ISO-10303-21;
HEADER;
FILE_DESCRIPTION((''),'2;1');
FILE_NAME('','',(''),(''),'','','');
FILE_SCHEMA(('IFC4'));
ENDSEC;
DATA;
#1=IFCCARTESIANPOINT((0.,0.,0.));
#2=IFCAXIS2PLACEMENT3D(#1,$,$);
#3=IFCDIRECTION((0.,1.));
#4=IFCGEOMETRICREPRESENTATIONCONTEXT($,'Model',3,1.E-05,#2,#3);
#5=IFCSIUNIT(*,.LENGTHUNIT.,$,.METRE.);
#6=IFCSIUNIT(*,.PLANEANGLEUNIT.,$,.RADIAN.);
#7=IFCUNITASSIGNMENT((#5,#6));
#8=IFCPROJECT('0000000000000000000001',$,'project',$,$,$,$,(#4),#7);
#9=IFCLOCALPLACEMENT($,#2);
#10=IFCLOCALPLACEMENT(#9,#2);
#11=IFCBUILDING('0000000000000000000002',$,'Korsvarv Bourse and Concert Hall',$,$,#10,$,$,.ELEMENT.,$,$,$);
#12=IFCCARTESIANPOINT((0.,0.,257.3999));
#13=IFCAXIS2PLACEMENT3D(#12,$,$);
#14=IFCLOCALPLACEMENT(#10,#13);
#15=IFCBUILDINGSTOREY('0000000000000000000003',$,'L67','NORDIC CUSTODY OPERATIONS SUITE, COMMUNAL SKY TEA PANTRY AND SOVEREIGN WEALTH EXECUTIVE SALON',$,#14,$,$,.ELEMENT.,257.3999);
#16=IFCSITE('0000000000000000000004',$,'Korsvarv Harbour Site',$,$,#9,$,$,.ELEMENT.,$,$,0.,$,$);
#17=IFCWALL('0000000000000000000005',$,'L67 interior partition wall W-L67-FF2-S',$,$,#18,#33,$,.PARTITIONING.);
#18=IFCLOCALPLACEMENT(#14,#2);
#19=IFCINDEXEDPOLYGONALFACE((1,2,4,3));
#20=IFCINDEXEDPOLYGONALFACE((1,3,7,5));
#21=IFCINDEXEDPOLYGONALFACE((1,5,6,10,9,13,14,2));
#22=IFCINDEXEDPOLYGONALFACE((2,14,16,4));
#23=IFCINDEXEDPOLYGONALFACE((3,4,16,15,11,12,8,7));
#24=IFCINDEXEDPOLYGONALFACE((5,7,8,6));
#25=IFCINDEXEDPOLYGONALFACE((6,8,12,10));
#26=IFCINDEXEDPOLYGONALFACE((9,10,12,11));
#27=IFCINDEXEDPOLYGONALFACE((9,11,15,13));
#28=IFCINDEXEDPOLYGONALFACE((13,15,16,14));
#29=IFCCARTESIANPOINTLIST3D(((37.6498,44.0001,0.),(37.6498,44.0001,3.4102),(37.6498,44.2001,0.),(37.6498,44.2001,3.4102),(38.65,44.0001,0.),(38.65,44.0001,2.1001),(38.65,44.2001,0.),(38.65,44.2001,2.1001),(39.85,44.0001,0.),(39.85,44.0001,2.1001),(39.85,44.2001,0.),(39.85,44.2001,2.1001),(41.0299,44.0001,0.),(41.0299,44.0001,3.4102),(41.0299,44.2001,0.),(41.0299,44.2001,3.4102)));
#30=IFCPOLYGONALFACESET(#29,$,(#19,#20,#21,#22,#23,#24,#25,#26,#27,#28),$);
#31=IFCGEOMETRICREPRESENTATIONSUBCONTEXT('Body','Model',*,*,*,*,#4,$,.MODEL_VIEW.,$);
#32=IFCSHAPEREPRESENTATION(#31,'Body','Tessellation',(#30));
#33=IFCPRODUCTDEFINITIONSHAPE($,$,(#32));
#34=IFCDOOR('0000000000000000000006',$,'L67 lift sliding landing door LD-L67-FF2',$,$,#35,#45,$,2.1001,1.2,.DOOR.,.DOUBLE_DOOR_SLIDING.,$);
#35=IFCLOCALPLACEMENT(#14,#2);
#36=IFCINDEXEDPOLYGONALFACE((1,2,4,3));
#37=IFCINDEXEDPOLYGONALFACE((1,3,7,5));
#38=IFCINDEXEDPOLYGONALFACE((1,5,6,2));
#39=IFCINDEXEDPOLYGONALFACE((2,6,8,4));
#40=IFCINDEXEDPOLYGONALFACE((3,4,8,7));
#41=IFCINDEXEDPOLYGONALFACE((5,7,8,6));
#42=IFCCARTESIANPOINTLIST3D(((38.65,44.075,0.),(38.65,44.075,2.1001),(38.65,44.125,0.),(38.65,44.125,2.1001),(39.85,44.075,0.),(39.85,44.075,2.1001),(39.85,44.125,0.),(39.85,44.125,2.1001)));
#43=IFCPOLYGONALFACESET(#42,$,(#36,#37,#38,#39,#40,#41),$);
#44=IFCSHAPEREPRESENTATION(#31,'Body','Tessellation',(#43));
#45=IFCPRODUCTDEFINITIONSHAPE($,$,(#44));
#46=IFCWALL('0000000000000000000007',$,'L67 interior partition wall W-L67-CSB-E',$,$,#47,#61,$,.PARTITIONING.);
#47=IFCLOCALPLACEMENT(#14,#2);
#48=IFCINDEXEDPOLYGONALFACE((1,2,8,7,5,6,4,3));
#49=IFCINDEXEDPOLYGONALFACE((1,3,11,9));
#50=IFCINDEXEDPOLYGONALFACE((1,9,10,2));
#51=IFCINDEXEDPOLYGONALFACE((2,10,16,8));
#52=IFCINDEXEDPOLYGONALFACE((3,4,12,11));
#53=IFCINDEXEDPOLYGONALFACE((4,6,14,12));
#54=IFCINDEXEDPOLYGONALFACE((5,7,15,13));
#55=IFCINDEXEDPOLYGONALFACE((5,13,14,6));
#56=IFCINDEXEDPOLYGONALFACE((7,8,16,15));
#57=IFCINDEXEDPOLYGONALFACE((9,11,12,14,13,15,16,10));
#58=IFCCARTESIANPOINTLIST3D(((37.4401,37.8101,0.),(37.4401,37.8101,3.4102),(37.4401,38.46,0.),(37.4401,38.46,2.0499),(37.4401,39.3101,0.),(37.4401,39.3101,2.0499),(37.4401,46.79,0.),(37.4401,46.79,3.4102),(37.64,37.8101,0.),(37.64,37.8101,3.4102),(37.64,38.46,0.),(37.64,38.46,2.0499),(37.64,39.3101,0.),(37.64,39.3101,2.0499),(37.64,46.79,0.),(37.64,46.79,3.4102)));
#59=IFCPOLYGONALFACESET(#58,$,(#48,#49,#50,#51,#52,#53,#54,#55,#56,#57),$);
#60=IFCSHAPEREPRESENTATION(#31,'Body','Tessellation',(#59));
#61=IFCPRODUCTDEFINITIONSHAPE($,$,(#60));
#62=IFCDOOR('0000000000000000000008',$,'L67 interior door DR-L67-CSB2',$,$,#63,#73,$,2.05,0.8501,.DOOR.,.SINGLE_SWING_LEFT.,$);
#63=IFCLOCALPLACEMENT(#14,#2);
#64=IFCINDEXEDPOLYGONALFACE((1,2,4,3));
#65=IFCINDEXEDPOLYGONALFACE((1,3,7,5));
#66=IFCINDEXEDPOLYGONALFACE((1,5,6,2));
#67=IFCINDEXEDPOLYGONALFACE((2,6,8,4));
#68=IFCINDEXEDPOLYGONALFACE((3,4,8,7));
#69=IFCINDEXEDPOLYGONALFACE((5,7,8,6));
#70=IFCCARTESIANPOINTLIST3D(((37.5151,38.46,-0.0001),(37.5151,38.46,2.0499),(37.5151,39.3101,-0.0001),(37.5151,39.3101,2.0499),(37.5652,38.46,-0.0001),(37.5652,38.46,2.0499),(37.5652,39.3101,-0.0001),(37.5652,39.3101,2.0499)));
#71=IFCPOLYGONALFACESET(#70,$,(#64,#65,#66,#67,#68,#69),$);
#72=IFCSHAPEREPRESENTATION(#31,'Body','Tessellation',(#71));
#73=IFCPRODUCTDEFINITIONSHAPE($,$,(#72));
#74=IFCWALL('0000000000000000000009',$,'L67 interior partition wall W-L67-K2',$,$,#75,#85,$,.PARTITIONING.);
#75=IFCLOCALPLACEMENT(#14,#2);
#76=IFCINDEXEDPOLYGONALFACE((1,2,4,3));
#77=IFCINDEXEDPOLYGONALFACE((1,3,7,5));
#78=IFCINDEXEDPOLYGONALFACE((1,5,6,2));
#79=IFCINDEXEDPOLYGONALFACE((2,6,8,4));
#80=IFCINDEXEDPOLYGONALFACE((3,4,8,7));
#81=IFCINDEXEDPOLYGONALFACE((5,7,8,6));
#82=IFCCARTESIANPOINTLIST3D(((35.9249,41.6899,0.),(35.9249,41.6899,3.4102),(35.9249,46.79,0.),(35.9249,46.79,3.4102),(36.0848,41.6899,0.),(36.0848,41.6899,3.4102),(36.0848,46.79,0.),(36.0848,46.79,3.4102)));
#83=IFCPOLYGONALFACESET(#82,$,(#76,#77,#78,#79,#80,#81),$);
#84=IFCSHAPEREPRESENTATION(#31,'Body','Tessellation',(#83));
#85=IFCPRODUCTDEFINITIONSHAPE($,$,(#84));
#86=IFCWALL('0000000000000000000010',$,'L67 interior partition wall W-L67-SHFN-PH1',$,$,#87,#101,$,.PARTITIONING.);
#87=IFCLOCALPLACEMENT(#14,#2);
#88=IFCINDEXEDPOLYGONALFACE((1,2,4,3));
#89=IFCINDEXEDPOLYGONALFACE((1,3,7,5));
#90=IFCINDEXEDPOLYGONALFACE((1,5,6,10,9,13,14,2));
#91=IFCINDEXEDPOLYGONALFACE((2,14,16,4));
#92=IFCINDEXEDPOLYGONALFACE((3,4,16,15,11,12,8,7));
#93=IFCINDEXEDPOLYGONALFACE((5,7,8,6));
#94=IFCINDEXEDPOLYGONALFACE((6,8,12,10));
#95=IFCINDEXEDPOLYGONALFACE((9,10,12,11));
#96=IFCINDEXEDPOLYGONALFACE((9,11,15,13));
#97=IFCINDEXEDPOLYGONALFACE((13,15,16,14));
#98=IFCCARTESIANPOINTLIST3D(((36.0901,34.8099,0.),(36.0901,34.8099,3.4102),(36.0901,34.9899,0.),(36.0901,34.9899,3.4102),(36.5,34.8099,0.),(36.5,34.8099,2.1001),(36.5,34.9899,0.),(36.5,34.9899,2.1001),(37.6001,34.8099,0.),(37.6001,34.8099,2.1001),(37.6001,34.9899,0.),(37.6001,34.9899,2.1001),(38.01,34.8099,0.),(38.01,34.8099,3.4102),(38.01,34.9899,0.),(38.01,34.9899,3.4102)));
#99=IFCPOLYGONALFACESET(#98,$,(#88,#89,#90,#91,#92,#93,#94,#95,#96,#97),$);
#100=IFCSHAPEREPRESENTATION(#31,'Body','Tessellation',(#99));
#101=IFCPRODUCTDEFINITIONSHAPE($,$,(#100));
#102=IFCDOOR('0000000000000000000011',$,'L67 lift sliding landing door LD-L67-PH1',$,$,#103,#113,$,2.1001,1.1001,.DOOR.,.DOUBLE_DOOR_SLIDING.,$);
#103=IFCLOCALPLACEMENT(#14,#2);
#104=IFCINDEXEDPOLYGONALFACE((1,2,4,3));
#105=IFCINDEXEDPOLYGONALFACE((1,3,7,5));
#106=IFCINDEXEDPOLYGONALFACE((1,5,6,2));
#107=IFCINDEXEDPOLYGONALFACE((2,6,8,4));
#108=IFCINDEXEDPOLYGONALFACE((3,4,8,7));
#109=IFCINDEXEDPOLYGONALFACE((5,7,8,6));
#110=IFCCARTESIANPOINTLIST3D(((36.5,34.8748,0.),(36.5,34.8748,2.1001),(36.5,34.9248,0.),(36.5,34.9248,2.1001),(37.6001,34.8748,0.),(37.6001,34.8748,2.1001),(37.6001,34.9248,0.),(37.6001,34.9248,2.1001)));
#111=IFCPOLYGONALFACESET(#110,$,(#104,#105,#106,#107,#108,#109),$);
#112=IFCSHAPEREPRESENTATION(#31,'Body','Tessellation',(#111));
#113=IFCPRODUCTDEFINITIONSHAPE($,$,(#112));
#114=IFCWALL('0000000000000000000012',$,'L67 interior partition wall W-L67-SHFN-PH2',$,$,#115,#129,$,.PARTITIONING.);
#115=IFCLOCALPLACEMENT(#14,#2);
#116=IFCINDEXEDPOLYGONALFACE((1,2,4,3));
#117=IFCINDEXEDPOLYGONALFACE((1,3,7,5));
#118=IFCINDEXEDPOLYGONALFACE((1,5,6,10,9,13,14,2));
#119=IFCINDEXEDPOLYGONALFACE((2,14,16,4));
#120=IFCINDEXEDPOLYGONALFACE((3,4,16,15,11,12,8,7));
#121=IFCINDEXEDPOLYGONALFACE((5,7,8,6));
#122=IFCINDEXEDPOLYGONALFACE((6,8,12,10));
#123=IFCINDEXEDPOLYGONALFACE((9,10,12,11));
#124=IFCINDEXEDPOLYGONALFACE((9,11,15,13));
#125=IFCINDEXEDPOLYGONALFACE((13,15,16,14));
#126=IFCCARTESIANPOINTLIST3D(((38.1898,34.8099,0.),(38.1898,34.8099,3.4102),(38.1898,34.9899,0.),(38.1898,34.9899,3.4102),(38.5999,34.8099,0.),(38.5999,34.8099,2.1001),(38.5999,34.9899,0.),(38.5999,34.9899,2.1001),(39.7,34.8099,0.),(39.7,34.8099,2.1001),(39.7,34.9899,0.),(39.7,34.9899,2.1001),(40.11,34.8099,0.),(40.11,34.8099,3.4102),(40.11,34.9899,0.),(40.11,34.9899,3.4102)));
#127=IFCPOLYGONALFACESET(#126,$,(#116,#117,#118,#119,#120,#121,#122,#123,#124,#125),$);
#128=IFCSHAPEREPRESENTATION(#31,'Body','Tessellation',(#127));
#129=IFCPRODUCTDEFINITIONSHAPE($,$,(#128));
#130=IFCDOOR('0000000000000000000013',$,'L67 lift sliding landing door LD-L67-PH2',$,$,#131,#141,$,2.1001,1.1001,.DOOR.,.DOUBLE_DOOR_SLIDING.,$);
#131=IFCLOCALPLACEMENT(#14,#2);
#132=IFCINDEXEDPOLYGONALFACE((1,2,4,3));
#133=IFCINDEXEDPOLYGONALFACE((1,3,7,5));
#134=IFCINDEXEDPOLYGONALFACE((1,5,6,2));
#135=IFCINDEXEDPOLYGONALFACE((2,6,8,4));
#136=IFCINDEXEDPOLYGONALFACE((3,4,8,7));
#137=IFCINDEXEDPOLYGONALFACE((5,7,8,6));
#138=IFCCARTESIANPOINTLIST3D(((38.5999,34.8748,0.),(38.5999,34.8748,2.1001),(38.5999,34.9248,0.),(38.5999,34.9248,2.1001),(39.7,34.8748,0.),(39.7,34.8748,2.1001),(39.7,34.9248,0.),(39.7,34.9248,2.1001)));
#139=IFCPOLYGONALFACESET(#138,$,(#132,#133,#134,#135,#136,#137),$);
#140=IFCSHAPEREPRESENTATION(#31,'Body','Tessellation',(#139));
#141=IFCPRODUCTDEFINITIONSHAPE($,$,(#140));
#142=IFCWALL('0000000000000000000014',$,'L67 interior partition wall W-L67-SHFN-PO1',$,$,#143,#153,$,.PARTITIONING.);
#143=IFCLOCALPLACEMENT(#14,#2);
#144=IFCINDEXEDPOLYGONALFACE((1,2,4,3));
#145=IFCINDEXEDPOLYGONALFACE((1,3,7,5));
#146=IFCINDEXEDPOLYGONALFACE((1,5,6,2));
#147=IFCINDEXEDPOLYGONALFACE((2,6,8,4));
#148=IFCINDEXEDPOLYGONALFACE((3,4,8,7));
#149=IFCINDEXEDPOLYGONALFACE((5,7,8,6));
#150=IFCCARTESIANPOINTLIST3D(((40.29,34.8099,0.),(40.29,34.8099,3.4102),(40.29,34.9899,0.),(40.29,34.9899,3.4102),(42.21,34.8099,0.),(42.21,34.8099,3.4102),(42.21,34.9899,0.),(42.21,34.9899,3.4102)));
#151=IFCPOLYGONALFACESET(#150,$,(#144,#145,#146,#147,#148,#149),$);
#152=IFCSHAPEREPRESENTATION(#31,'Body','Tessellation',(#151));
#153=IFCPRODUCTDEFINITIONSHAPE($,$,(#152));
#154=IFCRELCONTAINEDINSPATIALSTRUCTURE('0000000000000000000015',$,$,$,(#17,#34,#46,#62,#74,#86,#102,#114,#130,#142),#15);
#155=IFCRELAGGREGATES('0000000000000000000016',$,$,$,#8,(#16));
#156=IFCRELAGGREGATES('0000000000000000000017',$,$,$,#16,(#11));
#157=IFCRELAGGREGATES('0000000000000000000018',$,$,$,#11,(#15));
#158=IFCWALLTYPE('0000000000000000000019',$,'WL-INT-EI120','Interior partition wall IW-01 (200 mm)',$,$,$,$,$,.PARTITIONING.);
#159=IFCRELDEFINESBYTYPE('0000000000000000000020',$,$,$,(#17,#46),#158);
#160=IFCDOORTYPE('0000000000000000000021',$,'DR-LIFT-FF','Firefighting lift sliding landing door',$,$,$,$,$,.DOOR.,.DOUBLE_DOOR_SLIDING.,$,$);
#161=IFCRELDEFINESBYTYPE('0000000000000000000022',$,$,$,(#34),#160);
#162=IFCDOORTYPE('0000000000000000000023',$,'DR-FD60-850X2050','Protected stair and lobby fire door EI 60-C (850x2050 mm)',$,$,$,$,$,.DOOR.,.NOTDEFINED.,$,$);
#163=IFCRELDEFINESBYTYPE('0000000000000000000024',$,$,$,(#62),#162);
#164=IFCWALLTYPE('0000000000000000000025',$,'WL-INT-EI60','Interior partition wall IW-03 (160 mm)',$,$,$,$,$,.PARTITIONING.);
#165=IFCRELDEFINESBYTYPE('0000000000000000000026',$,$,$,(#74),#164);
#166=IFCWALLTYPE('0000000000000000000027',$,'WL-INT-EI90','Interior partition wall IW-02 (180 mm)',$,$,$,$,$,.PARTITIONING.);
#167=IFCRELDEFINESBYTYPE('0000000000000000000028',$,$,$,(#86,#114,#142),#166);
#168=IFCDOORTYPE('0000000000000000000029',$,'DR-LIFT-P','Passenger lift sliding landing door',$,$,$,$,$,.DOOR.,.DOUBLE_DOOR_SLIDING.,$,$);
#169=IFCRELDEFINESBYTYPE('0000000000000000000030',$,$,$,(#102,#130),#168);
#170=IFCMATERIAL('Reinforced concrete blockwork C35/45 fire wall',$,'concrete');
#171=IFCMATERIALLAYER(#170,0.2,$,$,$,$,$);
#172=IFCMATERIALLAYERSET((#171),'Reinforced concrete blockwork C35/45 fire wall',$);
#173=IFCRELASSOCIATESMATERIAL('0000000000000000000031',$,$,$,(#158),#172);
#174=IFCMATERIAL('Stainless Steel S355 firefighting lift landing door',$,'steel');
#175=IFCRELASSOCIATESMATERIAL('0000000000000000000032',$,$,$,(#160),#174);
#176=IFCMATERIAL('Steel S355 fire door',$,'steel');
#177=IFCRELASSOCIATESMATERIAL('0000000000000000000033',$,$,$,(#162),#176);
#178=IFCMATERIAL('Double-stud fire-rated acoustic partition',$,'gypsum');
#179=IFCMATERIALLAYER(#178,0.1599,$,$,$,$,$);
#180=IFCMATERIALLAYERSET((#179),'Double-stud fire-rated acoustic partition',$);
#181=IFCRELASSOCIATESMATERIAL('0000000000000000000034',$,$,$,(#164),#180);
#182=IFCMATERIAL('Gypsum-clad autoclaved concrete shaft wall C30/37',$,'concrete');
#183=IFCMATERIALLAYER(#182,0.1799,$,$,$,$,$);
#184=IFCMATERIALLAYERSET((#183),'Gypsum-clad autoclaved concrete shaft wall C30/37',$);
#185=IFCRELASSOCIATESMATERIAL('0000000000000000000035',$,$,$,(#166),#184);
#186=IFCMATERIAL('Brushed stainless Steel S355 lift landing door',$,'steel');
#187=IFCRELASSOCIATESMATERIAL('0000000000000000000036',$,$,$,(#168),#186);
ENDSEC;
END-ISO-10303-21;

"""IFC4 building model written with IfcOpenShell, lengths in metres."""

from ifc_helpers import new_model, si_unit, direction, frame, frame_2d, origin, place, context, subcontext, project, spatial, rectangle, extrude, material, layer, layer_set, type_object, element, fill, save


model = new_model("IFC4")

# Units and contexts
model_context = context("Model", 3, precision=1e-05, world=origin(), true_north=direction((0.0, 1.0)))
body_context = subcontext(model_context, "Body", "Model", "MODEL_VIEW")
ifc_project = project(units=[si_unit("LENGTHUNIT", "METRE"), si_unit("PLANEANGLEUNIT", "RADIAN")], contexts=[model_context])

# Site, building, storey
site_placement = place(None, origin())
site = spatial("IfcSite", under=ifc_project, at=site_placement, Name="Korsvarv Harbour Site", CompositionType="ELEMENT", RefElevation=0.0)
building_placement = place(site_placement, origin())
building = spatial("IfcBuilding", under=site, at=building_placement, Name="Korsvarv Bourse and Concert Hall", CompositionType="ELEMENT")
storey_placement = place(building_placement, frame((0.0, 0.0, 257.3999)))
storey = spatial("IfcBuildingStorey", under=building, at=storey_placement, Name="L67", Description="NORDIC CUSTODY OPERATIONS SUITE, COMMUNAL SKY TEA PANTRY AND SOVEREIGN WEALTH EXECUTIVE SALON", CompositionType="ELEMENT", Elevation=257.3999)

# Shared definitions
ifc_material_1 = material(Name="Steel S355 fire door", Category="steel")

# Walls, openings, doors
ifc_material_2 = material(Name="Reinforced concrete blockwork C35/45 fire wall", Category="concrete")
ifc_layer_1 = layer(ifc_material_2, 0.2)
ifc_layer_set_1 = layer_set([ifc_layer_1], Name="Reinforced concrete blockwork C35/45 fire wall")
wall_type_1 = type_object("IfcWallType", Name="WL-INT-EI120", Description="Interior partition wall IW-01 (200 mm)", PredefinedType="PARTITIONING", material=ifc_layer_set_1)
wall_1_placement = place(storey_placement, frame((37.6499, 44.1001, 0.0), z_axis=(0.0, 0.0, 1.0), x_axis=(1.0, 0.0, 0.0)))
wall_1 = element("IfcWall", 1, at=wall_1_placement, inside=storey, type_object=wall_type_1, Name="L67 interior partition wall W-L67-FF2-S", PredefinedType="PARTITIONING", context=body_context, shape_type="SweptSolid", body=[
    extrude(rectangle(XDim=3.3801, YDim=0.2, at=frame_2d((1.6899, 0.0))), origin(), (0.0, 0.0, 1.0), 3.4102),
])
opening_1_placement = place(wall_1_placement, frame((1.0, 0.0, 0.0)))
opening_1 = element("IfcOpeningElement", 2, at=opening_1_placement, cuts=wall_1, PredefinedType="OPENING", context=body_context, shape_type="SweptSolid", body=[
    extrude(rectangle(XDim=1.2, YDim=2.1001, at=frame_2d((0.6001, 1.05))), frame((0.0, 0.1099, 0.0), z_axis=(0.0, -1.0, 0.0), x_axis=(1.0, 0.0, 0.0)), (0.0, 0.0, 1.0), 0.22),
])
ifc_material_3 = material(Name="Stainless Steel S355 firefighting lift landing door", Category="steel")
door_type_1 = type_object("IfcDoorType", Name="DR-LIFT-FF", Description="Firefighting lift sliding landing door", OperationType="DOUBLE_DOOR_SLIDING", PredefinedType="DOOR", material=ifc_material_3)
door_1_placement = place(opening_1_placement, origin())
door_1 = element("IfcDoor", 3, at=door_1_placement, inside=storey, type_object=door_type_1, Name="L67 lift sliding landing door LD-L67-FF2", OperationType="DOUBLE_DOOR_SLIDING", OverallHeight=2.1001, OverallWidth=1.2, PredefinedType="DOOR", context=body_context, shape_type="SweptSolid", body=[
    extrude(rectangle(XDim=1.2, YDim=2.1001, at=frame_2d((0.6001, 1.05))), frame((0.0, 0.0249, 0.0), z_axis=(0.0, -1.0, 0.0), x_axis=(1.0, 0.0, 0.0)), (0.0, 0.0, 1.0), 0.05),
])
fill(opening_1, door_1)
wall_2_placement = place(storey_placement, frame((37.54, 37.8101, 0.0), z_axis=(0.0, 0.0, 1.0), x_axis=(0.0, 1.0, 0.0)))
wall_2 = element("IfcWall", 4, at=wall_2_placement, inside=storey, type_object=wall_type_1, Name="L67 interior partition wall W-L67-CSB-E", PredefinedType="PARTITIONING", context=body_context, shape_type="SweptSolid", body=[
    extrude(rectangle(XDim=8.98, YDim=0.2, at=frame_2d((4.49, 0.0))), origin(), (0.0, 0.0, 1.0), 3.4102),
])
opening_2_placement = place(wall_2_placement, frame((0.6499, 0.0, 0.0)))
opening_2 = element("IfcOpeningElement", 5, at=opening_2_placement, cuts=wall_2, PredefinedType="OPENING", context=body_context, shape_type="SweptSolid", body=[
    extrude(rectangle(XDim=0.8501, YDim=2.05, at=frame_2d((0.425, 1.0249))), frame((0.0, 0.1099, 0.0), z_axis=(0.0, -1.0, 0.0), x_axis=(1.0, 0.0, 0.0)), (0.0, 0.0, 1.0), 0.22),
])
door_type_2 = type_object("IfcDoorType", Name="DR-FD60-850X2050", Description="Protected stair and lobby fire door EI 60-C (850x2050 mm)", OperationType="NOTDEFINED", PredefinedType="DOOR", material=ifc_material_1)
door_2_placement = place(opening_2_placement, origin())
door_2 = element("IfcDoor", 6, at=door_2_placement, inside=storey, type_object=door_type_2, Name="L67 interior door DR-L67-CSB2", OperationType="SINGLE_SWING_LEFT", OverallHeight=2.05, OverallWidth=0.8501, PredefinedType="DOOR", context=body_context, shape_type="SweptSolid", body=[
    extrude(rectangle(XDim=0.8501, YDim=2.05, at=frame_2d((0.425, 1.0249))), frame((0.0, 0.0249, 0.0), z_axis=(0.0, -1.0, 0.0), x_axis=(1.0, 0.0, 0.0)), (0.0, 0.0, 1.0), 0.05),
])
fill(opening_2, door_2)

# Wall
ifc_material_4 = material(Name="Double-stud fire-rated acoustic partition", Category="gypsum")
ifc_layer_2 = layer(ifc_material_4, 0.1599)
ifc_layer_set_2 = layer_set([ifc_layer_2], Name="Double-stud fire-rated acoustic partition")
wall_type_2 = type_object("IfcWallType", Name="WL-INT-EI60", Description="Interior partition wall IW-03 (160 mm)", PredefinedType="PARTITIONING", material=ifc_layer_set_2)
wall_3_placement = place(storey_placement, frame((36.0049, 41.6899, 0.0), z_axis=(0.0, 0.0, 1.0), x_axis=(0.0, 1.0, 0.0)))
element("IfcWall", 7, at=wall_3_placement, inside=storey, type_object=wall_type_2, Name="L67 interior partition wall W-L67-K2", PredefinedType="PARTITIONING", context=body_context, shape_type="SweptSolid", body=[
    extrude(rectangle(XDim=5.1001, YDim=0.1599, at=frame_2d((2.55, 0.0))), origin(), (0.0, 0.0, 1.0), 3.4102),
])

# Walls, openings, doors
ifc_material_5 = material(Name="Gypsum-clad autoclaved concrete shaft wall C30/37", Category="concrete")
ifc_layer_3 = layer(ifc_material_5, 0.1799)
ifc_layer_set_3 = layer_set([ifc_layer_3], Name="Gypsum-clad autoclaved concrete shaft wall C30/37")
wall_type_3 = type_object("IfcWallType", Name="WL-INT-EI90", Description="Interior partition wall IW-02 (180 mm)", PredefinedType="PARTITIONING", material=ifc_layer_set_3)
wall_4_placement = place(storey_placement, frame((36.0901, 34.8999, 0.0), z_axis=(0.0, 0.0, 1.0), x_axis=(1.0, 0.0, 0.0)))
wall_4 = element("IfcWall", 8, at=wall_4_placement, inside=storey, type_object=wall_type_3, Name="L67 interior partition wall W-L67-SHFN-PH1", PredefinedType="PARTITIONING", context=body_context, shape_type="SweptSolid", body=[
    extrude(rectangle(XDim=1.9199, YDim=0.1799, at=frame_2d((0.96, 0.0))), origin(), (0.0, 0.0, 1.0), 3.4102),
])
opening_3_placement = place(wall_4_placement, frame((0.4099, 0.0, 0.0)))
opening_3 = element("IfcOpeningElement", 9, at=opening_3_placement, cuts=wall_4, PredefinedType="OPENING", context=body_context, shape_type="SweptSolid", body=[
    extrude(rectangle(XDim=1.1001, YDim=2.1001, at=frame_2d((0.55, 1.05))), frame((0.0, 0.1001, 0.0), z_axis=(0.0, -1.0, 0.0), x_axis=(1.0, 0.0, 0.0)), (0.0, 0.0, 1.0), 0.2),
])
ifc_material_6 = material(Name="Brushed stainless Steel S355 lift landing door", Category="steel")
door_type_3 = type_object("IfcDoorType", Name="DR-LIFT-P", Description="Passenger lift sliding landing door", OperationType="DOUBLE_DOOR_SLIDING", PredefinedType="DOOR", material=ifc_material_6)
door_3_placement = place(opening_3_placement, origin())
door_3 = element("IfcDoor", 10, at=door_3_placement, inside=storey, type_object=door_type_3, Name="L67 lift sliding landing door LD-L67-PH1", OperationType="DOUBLE_DOOR_SLIDING", OverallHeight=2.1001, OverallWidth=1.1001, PredefinedType="DOOR", context=body_context, shape_type="SweptSolid", body=[
    extrude(rectangle(XDim=1.1001, YDim=2.1001, at=frame_2d((0.55, 1.05))), frame((0.0, 0.0249, 0.0), z_axis=(0.0, -1.0, 0.0), x_axis=(1.0, 0.0, 0.0)), (0.0, 0.0, 1.0), 0.05),
])
fill(opening_3, door_3)
wall_5_placement = place(storey_placement, frame((38.1899, 34.8999, 0.0), z_axis=(0.0, 0.0, 1.0), x_axis=(1.0, 0.0, 0.0)))
wall_5 = element("IfcWall", 11, at=wall_5_placement, inside=storey, type_object=wall_type_3, Name="L67 interior partition wall W-L67-SHFN-PH2", PredefinedType="PARTITIONING", context=body_context, shape_type="SweptSolid", body=[
    extrude(rectangle(XDim=1.9202, YDim=0.1799, at=frame_2d((0.96, 0.0))), origin(), (0.0, 0.0, 1.0), 3.4102),
])
opening_4_placement = place(wall_5_placement, frame((0.4099, 0.0, 0.0)))
opening_4 = element("IfcOpeningElement", 12, at=opening_4_placement, cuts=wall_5, PredefinedType="OPENING", context=body_context, shape_type="SweptSolid", body=[
    extrude(rectangle(XDim=1.1001, YDim=2.1001, at=frame_2d((0.55, 1.05))), frame((0.0, 0.1001, 0.0), z_axis=(0.0, -1.0, 0.0), x_axis=(1.0, 0.0, 0.0)), (0.0, 0.0, 1.0), 0.2),
])
door_4_placement = place(opening_4_placement, origin())
door_4 = element("IfcDoor", 13, at=door_4_placement, inside=storey, type_object=door_type_3, Name="L67 lift sliding landing door LD-L67-PH2", OperationType="DOUBLE_DOOR_SLIDING", OverallHeight=2.1001, OverallWidth=1.1001, PredefinedType="DOOR", context=body_context, shape_type="SweptSolid", body=[
    extrude(rectangle(XDim=1.1001, YDim=2.1001, at=frame_2d((0.55, 1.05))), frame((0.0, 0.0249, 0.0), z_axis=(0.0, -1.0, 0.0), x_axis=(1.0, 0.0, 0.0)), (0.0, 0.0, 1.0), 0.05),
])
fill(opening_4, door_4)

# Wall
wall_6_placement = place(storey_placement, frame((40.29, 34.8999, 0.0), z_axis=(0.0, 0.0, 1.0), x_axis=(1.0, 0.0, 0.0)))
element("IfcWall", 14, at=wall_6_placement, inside=storey, type_object=wall_type_3, Name="L67 interior partition wall W-L67-SHFN-PO1", PredefinedType="PARTITIONING", context=body_context, shape_type="SweptSolid", body=[
    extrude(rectangle(XDim=1.9199, YDim=0.1799, at=frame_2d((0.96, 0.0))), origin(), (0.0, 0.0, 1.0), 3.4102),
])

save(model, "model.ifc")
